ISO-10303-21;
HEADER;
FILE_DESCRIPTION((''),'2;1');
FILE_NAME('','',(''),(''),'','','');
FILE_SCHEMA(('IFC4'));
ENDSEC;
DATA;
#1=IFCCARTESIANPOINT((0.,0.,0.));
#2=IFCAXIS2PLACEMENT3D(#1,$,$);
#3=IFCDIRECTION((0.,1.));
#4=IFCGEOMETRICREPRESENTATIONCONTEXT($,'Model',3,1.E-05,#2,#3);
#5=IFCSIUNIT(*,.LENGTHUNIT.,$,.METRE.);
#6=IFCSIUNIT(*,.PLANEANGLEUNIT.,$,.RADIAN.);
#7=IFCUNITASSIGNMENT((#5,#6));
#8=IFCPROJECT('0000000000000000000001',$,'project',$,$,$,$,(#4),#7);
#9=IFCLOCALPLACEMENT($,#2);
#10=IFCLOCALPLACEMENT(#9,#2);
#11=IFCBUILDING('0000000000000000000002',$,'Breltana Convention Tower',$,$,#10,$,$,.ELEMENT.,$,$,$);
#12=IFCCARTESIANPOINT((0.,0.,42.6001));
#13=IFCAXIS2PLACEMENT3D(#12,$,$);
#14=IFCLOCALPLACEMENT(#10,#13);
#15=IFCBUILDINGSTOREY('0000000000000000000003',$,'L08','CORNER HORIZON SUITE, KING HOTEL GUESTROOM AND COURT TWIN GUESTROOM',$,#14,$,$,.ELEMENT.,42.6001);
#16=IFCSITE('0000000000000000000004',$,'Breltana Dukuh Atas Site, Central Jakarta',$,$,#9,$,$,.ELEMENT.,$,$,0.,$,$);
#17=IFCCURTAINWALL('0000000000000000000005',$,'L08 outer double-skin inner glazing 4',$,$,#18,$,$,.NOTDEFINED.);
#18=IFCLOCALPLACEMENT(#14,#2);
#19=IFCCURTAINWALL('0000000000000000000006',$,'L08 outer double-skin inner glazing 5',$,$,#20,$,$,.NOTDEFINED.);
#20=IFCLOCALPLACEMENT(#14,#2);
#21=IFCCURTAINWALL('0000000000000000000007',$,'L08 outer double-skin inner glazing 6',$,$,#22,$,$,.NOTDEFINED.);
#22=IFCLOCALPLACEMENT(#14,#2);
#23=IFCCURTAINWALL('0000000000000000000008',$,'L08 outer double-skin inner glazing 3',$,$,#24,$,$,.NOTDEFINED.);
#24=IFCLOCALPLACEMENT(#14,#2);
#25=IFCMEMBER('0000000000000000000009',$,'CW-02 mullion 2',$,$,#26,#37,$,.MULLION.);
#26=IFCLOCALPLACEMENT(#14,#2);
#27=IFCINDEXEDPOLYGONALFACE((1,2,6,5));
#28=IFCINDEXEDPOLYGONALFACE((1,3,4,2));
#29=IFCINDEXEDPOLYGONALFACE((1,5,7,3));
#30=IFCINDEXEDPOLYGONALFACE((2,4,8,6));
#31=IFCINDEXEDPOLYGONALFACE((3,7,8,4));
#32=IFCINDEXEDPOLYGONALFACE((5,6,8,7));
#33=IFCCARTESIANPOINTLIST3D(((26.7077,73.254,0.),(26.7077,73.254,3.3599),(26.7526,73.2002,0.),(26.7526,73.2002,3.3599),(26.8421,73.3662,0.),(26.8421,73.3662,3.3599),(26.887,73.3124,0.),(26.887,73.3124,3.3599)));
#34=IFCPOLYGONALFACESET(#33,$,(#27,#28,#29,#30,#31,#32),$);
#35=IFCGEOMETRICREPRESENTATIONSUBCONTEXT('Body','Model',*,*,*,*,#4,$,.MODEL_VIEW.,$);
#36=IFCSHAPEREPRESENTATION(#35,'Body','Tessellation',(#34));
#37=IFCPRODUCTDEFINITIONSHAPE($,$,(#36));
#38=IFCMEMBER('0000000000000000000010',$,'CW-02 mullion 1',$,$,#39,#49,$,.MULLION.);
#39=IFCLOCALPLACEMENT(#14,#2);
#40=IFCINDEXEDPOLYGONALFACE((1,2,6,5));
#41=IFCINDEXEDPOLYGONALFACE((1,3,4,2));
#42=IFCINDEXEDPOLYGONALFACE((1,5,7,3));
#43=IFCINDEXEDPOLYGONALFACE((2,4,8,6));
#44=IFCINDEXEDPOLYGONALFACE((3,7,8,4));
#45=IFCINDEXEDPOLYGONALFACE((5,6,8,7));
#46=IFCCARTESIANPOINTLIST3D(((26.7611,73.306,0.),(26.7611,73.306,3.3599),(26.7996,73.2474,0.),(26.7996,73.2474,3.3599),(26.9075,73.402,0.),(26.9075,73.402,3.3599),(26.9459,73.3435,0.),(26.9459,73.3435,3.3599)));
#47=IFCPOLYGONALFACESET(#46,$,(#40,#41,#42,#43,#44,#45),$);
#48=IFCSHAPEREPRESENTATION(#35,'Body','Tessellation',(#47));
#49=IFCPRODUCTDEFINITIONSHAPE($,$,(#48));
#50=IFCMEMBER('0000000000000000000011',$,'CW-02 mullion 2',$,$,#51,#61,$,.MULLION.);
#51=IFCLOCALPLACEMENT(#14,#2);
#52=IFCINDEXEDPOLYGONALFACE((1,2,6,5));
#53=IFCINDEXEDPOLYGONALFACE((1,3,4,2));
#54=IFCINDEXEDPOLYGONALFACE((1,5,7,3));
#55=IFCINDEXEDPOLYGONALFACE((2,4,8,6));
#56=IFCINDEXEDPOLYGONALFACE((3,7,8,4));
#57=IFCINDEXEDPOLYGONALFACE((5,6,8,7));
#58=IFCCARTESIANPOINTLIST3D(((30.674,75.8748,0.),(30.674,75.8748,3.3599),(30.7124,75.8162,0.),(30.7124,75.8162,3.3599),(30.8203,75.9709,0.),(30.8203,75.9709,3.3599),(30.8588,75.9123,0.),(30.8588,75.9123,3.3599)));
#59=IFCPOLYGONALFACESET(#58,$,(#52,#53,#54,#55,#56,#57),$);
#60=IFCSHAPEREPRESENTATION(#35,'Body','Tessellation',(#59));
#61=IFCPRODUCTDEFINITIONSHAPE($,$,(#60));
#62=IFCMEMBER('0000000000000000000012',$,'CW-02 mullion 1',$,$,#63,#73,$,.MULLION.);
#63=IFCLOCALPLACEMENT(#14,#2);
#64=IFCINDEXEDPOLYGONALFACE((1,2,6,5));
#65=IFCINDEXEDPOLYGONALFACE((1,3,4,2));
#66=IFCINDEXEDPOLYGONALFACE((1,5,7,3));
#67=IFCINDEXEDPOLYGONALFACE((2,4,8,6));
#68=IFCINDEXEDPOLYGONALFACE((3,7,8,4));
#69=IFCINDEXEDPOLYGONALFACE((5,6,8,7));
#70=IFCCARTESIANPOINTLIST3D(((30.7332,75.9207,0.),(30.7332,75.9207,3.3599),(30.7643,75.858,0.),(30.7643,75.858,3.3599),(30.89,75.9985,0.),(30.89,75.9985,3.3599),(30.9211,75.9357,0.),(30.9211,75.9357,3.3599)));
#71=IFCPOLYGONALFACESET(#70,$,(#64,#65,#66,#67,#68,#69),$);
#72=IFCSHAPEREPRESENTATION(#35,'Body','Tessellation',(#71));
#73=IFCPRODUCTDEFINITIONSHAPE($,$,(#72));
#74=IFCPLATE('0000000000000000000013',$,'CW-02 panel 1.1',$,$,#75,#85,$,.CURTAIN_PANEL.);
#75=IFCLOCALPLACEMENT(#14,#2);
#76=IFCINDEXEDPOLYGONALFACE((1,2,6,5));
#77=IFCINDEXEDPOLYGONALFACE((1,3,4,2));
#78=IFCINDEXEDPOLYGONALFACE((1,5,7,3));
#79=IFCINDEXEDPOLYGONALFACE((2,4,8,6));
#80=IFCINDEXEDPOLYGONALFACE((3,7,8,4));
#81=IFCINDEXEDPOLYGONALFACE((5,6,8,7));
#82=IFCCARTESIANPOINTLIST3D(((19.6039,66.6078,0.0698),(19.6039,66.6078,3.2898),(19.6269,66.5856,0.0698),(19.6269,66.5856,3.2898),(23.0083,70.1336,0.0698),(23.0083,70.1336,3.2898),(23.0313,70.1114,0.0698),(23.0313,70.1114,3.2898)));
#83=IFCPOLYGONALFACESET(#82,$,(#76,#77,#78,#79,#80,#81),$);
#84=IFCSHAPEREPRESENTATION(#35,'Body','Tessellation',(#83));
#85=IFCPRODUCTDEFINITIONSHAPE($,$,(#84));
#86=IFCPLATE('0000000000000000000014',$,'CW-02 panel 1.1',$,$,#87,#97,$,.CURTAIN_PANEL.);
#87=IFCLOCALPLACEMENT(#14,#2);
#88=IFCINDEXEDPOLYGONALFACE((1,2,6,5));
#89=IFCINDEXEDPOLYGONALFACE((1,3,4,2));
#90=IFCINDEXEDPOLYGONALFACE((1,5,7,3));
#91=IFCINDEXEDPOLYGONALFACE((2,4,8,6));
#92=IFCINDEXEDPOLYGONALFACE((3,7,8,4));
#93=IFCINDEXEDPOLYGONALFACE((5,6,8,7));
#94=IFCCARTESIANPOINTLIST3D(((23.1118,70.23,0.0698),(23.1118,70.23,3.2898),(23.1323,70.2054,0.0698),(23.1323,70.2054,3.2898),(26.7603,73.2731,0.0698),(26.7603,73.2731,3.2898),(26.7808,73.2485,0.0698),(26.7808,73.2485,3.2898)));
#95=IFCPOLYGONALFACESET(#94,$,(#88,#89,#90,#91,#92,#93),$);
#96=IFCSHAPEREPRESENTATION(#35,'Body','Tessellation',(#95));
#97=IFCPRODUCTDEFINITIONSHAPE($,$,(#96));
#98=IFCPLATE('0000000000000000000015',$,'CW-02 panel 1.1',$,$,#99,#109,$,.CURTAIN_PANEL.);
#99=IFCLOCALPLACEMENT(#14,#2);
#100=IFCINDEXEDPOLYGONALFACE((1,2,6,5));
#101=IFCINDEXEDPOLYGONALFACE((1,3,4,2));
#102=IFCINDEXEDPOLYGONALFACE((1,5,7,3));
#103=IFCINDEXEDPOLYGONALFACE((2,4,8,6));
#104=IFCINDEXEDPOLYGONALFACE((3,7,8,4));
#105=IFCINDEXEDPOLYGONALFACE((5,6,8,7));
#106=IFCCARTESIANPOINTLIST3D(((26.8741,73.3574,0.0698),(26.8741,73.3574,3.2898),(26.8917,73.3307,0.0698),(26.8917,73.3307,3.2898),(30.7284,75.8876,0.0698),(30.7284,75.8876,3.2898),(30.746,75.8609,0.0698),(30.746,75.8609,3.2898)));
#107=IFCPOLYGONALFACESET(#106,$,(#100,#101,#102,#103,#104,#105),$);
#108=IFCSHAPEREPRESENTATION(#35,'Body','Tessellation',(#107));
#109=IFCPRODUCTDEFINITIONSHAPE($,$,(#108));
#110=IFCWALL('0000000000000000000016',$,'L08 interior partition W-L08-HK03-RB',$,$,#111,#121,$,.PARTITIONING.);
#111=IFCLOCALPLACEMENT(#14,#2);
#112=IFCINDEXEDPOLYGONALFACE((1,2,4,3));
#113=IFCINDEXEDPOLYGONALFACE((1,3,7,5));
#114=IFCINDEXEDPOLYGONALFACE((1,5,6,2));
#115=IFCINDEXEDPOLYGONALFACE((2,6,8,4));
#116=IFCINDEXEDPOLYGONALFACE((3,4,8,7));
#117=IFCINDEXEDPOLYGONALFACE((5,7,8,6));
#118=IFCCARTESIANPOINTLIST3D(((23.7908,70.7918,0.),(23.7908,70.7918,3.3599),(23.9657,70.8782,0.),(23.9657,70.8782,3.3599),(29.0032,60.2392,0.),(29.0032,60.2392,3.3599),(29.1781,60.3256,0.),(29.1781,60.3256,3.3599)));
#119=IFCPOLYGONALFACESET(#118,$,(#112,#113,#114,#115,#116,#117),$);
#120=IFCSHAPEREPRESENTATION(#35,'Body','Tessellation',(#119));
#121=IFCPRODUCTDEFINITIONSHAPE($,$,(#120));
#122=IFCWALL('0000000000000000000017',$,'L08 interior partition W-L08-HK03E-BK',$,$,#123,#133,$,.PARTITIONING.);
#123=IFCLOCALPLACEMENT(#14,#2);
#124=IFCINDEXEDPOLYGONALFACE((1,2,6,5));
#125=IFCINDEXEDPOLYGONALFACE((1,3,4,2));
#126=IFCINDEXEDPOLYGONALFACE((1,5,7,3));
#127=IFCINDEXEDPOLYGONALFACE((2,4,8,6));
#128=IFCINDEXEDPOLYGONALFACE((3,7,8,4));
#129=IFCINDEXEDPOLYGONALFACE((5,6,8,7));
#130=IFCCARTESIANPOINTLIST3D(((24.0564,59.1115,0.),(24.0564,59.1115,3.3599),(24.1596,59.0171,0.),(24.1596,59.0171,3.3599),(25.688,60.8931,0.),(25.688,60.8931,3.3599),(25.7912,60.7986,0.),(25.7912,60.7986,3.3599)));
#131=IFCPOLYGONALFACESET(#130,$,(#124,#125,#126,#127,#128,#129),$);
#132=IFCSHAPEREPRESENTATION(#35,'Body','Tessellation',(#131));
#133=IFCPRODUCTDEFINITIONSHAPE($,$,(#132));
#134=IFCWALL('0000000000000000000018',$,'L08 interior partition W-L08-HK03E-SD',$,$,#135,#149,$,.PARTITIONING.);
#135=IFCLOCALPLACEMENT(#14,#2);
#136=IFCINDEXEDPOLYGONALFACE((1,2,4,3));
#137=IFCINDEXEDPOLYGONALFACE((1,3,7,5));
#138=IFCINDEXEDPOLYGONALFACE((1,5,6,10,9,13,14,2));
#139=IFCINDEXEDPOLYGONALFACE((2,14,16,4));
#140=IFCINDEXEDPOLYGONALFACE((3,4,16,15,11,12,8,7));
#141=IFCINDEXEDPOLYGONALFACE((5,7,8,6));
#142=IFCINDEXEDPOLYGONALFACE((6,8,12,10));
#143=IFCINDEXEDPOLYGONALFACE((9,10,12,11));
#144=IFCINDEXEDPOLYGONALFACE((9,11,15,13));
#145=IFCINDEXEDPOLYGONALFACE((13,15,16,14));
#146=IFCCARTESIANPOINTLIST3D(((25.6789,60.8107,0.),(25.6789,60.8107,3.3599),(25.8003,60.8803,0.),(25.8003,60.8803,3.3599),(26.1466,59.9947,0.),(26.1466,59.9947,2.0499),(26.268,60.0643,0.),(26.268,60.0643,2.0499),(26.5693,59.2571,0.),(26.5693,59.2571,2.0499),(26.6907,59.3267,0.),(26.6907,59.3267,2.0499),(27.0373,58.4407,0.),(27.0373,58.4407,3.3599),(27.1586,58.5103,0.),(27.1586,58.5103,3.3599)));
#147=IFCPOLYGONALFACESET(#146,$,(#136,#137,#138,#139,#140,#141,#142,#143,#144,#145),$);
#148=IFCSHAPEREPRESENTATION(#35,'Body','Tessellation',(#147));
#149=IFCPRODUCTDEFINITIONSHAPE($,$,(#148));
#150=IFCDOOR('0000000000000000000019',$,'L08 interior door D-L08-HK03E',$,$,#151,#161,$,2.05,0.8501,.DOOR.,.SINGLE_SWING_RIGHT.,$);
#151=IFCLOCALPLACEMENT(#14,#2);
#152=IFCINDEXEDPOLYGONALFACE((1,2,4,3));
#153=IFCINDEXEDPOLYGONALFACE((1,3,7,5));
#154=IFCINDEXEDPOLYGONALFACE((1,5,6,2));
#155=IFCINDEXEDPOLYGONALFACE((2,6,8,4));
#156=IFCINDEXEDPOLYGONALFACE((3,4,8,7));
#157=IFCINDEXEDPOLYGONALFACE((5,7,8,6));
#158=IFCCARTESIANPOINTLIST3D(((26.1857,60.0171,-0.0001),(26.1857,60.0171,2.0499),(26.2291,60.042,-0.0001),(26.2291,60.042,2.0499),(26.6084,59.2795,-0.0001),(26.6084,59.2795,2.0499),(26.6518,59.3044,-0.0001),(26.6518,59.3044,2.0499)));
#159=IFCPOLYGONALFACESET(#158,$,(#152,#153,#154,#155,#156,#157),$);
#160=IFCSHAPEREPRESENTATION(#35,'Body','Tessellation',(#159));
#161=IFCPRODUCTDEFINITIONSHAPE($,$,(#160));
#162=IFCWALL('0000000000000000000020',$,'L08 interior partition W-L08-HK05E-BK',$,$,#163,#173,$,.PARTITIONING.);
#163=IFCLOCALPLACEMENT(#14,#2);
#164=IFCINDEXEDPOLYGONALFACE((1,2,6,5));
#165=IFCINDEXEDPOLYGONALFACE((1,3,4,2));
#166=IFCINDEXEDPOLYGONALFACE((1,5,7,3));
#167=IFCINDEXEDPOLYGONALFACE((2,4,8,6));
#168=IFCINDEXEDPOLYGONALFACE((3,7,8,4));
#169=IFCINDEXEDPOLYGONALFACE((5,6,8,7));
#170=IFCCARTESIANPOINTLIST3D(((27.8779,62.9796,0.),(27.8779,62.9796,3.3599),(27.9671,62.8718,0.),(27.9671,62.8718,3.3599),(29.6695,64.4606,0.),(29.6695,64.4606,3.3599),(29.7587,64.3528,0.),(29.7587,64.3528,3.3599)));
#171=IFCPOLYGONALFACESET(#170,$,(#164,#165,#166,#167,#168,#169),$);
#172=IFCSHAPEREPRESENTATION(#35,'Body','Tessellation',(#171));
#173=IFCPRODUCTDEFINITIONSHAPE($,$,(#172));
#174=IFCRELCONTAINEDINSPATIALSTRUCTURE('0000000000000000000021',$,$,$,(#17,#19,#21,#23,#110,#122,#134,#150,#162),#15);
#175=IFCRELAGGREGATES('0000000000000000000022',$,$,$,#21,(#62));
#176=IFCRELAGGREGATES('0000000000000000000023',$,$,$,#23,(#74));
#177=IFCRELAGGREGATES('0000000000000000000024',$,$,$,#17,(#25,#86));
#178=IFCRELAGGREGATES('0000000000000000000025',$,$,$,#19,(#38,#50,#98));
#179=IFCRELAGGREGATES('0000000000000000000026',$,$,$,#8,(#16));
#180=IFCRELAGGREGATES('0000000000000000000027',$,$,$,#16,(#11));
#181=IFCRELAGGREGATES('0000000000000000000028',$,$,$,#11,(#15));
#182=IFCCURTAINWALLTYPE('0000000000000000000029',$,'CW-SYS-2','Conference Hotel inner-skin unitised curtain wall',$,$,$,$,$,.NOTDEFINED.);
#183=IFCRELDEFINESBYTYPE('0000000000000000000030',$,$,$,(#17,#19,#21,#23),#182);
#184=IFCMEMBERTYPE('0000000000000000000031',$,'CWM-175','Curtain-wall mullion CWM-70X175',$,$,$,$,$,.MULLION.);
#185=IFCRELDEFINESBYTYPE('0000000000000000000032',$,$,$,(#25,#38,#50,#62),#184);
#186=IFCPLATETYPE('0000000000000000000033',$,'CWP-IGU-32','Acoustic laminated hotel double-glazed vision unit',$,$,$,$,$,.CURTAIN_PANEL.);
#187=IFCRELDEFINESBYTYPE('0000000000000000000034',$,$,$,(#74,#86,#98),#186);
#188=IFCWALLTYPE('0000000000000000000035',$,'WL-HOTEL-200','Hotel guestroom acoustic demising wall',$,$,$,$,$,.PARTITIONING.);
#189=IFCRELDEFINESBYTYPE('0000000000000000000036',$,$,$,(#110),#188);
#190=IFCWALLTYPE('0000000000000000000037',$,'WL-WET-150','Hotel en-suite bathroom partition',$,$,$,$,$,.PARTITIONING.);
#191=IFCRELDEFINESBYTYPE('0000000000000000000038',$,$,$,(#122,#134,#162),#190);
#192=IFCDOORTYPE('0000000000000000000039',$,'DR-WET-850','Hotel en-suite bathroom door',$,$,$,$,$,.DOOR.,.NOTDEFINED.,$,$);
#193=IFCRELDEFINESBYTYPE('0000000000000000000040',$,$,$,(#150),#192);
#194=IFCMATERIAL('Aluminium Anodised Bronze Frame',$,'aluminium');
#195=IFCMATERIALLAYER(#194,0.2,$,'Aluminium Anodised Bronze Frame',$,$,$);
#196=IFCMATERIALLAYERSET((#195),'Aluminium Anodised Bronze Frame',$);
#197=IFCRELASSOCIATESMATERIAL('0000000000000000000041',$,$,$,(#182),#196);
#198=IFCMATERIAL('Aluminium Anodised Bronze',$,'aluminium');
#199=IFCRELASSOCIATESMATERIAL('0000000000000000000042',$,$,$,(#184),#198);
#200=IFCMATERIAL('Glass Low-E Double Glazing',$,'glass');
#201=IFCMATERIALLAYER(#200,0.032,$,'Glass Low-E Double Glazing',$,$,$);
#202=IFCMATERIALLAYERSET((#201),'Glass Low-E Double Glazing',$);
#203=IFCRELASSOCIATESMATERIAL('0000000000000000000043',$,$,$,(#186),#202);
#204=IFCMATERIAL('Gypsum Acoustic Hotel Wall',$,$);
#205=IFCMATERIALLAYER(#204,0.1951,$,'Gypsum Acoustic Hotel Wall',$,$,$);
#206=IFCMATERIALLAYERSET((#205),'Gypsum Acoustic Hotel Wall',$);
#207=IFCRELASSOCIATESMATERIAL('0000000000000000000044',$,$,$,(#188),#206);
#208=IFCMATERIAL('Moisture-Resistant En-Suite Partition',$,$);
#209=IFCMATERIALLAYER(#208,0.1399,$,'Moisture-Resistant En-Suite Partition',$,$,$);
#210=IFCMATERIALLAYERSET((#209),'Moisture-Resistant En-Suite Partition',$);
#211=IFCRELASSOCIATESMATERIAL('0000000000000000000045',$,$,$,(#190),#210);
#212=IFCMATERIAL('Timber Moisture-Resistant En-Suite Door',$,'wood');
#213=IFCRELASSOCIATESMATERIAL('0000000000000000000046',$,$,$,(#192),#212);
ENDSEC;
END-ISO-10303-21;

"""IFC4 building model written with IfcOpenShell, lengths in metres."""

from ifc_helpers import new_model, si_unit, direction, frame, frame_2d, origin, origin_2d, place, context, subcontext, project, spatial, rectangle, extrude, source, transform, mapped, material, layer, layer_set, material_profile, profile_set, type_object, type_shapes, element, fill, aggregate, save


model = new_model("IFC4")

# Units and contexts
model_context = context("Model", 3, precision=1e-05, world=origin(), true_north=direction((0.0, 1.0)))
body_context = subcontext(model_context, "Body", "Model", "MODEL_VIEW")
ifc_project = project(units=[si_unit("LENGTHUNIT", "METRE"), si_unit("PLANEANGLEUNIT", "RADIAN")], contexts=[model_context])

# Site, building, storey
site_placement = place(None, origin())
site = spatial("IfcSite", under=ifc_project, at=site_placement, Name="Breltana Dukuh Atas Site, Central Jakarta", CompositionType="ELEMENT", RefElevation=0.0)
building_placement = place(site_placement, origin())
building = spatial("IfcBuilding", under=site, at=building_placement, Name="Breltana Convention Tower", CompositionType="ELEMENT")
storey_placement = place(building_placement, frame((0.0, 0.0, 42.6001)))
storey = spatial("IfcBuildingStorey", under=building, at=storey_placement, Name="L08", Description="CORNER HORIZON SUITE, KING HOTEL GUESTROOM AND COURT TWIN GUESTROOM", CompositionType="ELEMENT", Elevation=42.6001)

# Curtain walls
ifc_material_1 = material(Name="Aluminium Anodised Bronze Frame", Category="aluminium")
ifc_layer_1 = layer(ifc_material_1, 0.2, Name="Aluminium Anodised Bronze Frame")
ifc_layer_set_1 = layer_set([ifc_layer_1], Name="Aluminium Anodised Bronze Frame")
curtain_wall_type = type_object("IfcCurtainWallType", Name="CW-SYS-2", Description="Conference Hotel inner-skin unitised curtain wall", PredefinedType="NOTDEFINED", material=ifc_layer_set_1)
curtain_wall_1_placement = place(storey_placement, origin())
curtain_wall_1 = element("IfcCurtainWall", 1, at=curtain_wall_1_placement, inside=storey, type_object=curtain_wall_type, Name="L08 outer double-skin inner glazing 4", PredefinedType="NOTDEFINED")
ifc_material_2 = material(Name="Aluminium Anodised Bronze", Category="aluminium")
curtain_wall_2_placement = place(storey_placement, origin())
curtain_wall_2 = element("IfcCurtainWall", 2, at=curtain_wall_2_placement, inside=storey, type_object=curtain_wall_type, Name="L08 outer double-skin inner glazing 5", PredefinedType="NOTDEFINED")
curtain_wall_3_placement = place(storey_placement, origin())
curtain_wall_3 = element("IfcCurtainWall", 3, at=curtain_wall_3_placement, inside=storey, type_object=curtain_wall_type, Name="L08 outer double-skin inner glazing 6", PredefinedType="NOTDEFINED")

# Curtain wall
curtain_wall_4_placement = place(storey_placement, origin())
curtain_wall_4 = element("IfcCurtainWall", 4, at=curtain_wall_4_placement, inside=storey, type_object=curtain_wall_type, Name="L08 outer double-skin inner glazing 3", PredefinedType="NOTDEFINED")
ifc_material_profile_1 = material_profile(ifc_material_2, rectangle(XDim=0.0701, YDim=0.175, at=origin_2d()), Name="CWM-70X175")
ifc_profile_set_1 = profile_set([ifc_material_profile_1], Name="Aluminium Anodised Bronze")
member_type_1 = type_object("IfcMemberType", Name="CWM-175", Description="Curtain-wall mullion CWM-70X175", PredefinedType="MULLION", material=ifc_profile_set_1)
shared_shape_1 = source(origin(), body_context, "Body", "SweptSolid", [
    extrude(rectangle(XDim=0.0701, YDim=0.175, at=origin_2d()), origin(), (0.0, 0.0, 1.0), 3.3599),
])

# Members
member_1_placement = place(storey_placement, frame((26.7974, 73.2832, 0.0), z_axis=(0.0, 0.0, 1.0), x_axis=(-0.64052, 0.767941, 0.0)))
member_1 = element("IfcMember", 5, at=member_1_placement, type_object=member_type_1, Name="CW-02 mullion 2", PredefinedType="MULLION", context=body_context, shape_type="MappedRepresentation", body=[
    mapped(shared_shape_1, transform((0.0, 0.0, 0.0), scale=1.0)),
])
member_2_placement = place(storey_placement, frame((26.8535, 73.3247, 0.0), z_axis=(0.0, 0.0, 1.0), x_axis=(-0.548784, 0.835964, 0.0)))
member_2 = element("IfcMember", 6, at=member_2_placement, type_object=member_type_1, Name="CW-02 mullion 1", PredefinedType="MULLION", context=body_context, shape_type="MappedRepresentation", body=[
    mapped(shared_shape_1, transform((0.0, 0.0, 0.0), scale=1.0)),
])
member_3_placement = place(storey_placement, frame((30.7664, 75.8936, 0.0), z_axis=(0.0, 0.0, 1.0), x_axis=(-0.548784, 0.835964, 0.0)))
member_3 = element("IfcMember", 7, at=member_3_placement, type_object=member_type_1, Name="CW-02 mullion 2", PredefinedType="MULLION", context=body_context, shape_type="MappedRepresentation", body=[
    mapped(shared_shape_1, transform((0.0, 0.0, 0.0), scale=1.0)),
])
member_4_placement = place(storey_placement, frame((30.8271, 75.9282, 0.0), z_axis=(0.0, 0.0, 1.0), x_axis=(-0.444108, 0.895973, 0.0)))
member_4 = element("IfcMember", 8, at=member_4_placement, type_object=member_type_1, Name="CW-02 mullion 1", PredefinedType="MULLION", context=body_context, shape_type="MappedRepresentation", body=[
    mapped(shared_shape_1, transform((0.0, 0.0, 0.0), scale=1.0)),
])
aggregate(curtain_wall_3, [member_4])

# Plates
ifc_material_3 = material(Name="Glass Low-E Double Glazing", Category="glass")
ifc_layer_2 = layer(ifc_material_3, 0.032, Name="Glass Low-E Double Glazing")
ifc_layer_set_2 = layer_set([ifc_layer_2], Name="Glass Low-E Double Glazing")
plate_type = type_object("IfcPlateType", Name="CWP-IGU-32", Description="Acoustic laminated hotel double-glazed vision unit", PredefinedType="CURTAIN_PANEL", material=ifc_layer_set_2)
shared_shape_2 = source(origin(), body_context, "Body", "SweptSolid", [
    extrude(rectangle(XDim=4.9011, YDim=0.032, at=origin_2d()), origin(), (0.0, 0.0, 1.0), 3.22),
])
plate_1_placement = place(storey_placement, frame((21.3176, 68.3596, 0.0698), z_axis=(0.0, 0.0, 1.0), x_axis=(0.69461, 0.719386, 0.0)))
plate_1 = element("IfcPlate", 9, at=plate_1_placement, type_object=plate_type, Name="CW-02 panel 1.1", PredefinedType="CURTAIN_PANEL", context=body_context, shape_type="MappedRepresentation", body=[
    mapped(shared_shape_2, transform((0.0, 0.0, 0.0), scale=1.0)),
])
aggregate(curtain_wall_4, [plate_1])
shared_shape_3 = source(origin(), body_context, "Body", "SweptSolid", [
    extrude(rectangle(XDim=4.751, YDim=0.032, at=origin_2d()), origin(), (0.0, 0.0, 1.0), 3.22),
])
plate_2_placement = place(storey_placement, frame((24.9463, 71.7393, 0.0698), z_axis=(0.0, 0.0, 1.0), x_axis=(0.767941, 0.64052, 0.0)))
plate_2 = element("IfcPlate", 10, at=plate_2_placement, type_object=plate_type, Name="CW-02 panel 1.1", PredefinedType="CURTAIN_PANEL", context=body_context, shape_type="MappedRepresentation", body=[
    mapped(shared_shape_3, transform((0.0, 0.0, 0.0), scale=1.0)),
])
aggregate(curtain_wall_1, [member_1, plate_2])
shared_shape_4 = source(origin(), body_context, "Body", "SweptSolid", [
    extrude(rectangle(XDim=4.6106, YDim=0.032, at=origin_2d()), origin(), (0.0, 0.0, 1.0), 3.22),
])
plate_3_placement = place(storey_placement, frame((28.8101, 74.6091, 0.0698), z_axis=(0.0, 0.0, 1.0), x_axis=(0.835964, 0.548784, 0.0)))
plate_3 = element("IfcPlate", 11, at=plate_3_placement, type_object=plate_type, Name="CW-02 panel 1.1", PredefinedType="CURTAIN_PANEL", context=body_context, shape_type="MappedRepresentation", body=[
    mapped(shared_shape_4, transform((0.0, 0.0, 0.0), scale=1.0)),
])
aggregate(curtain_wall_2, [member_2, member_3, plate_3])

# Walls
ifc_material_4 = material(Name="Gypsum Acoustic Hotel Wall")
ifc_layer_3 = layer(ifc_material_4, 0.1951, Name="Gypsum Acoustic Hotel Wall")
ifc_layer_set_3 = layer_set([ifc_layer_3], Name="Gypsum Acoustic Hotel Wall")
wall_type_1 = type_object("IfcWallType", Name="WL-HOTEL-200", Description="Hotel guestroom acoustic demising wall", PredefinedType="PARTITIONING", material=ifc_layer_set_3)
shared_shape_5 = source(origin(), body_context, "Body", "SweptSolid", [
    extrude(rectangle(XDim=11.7698, YDim=0.1951, at=frame_2d((5.8848, 0.0))), origin(), (0.0, 0.0, 1.0), 3.3599),
])
wall_1_placement = place(storey_placement, frame((29.0906, 60.2825, 0.0), z_axis=(0.0, 0.0, 1.0), x_axis=(-0.442861, 0.89659, 0.0)))
element("IfcWall", 12, at=wall_1_placement, inside=storey, type_object=wall_type_1, Name="L08 interior partition W-L08-HK03-RB", PredefinedType="PARTITIONING", context=body_context, shape_type="MappedRepresentation", body=[
    mapped(shared_shape_5, transform((0.0, 0.0, 0.0), scale=1.0)),
])
ifc_material_5 = material(Name="Moisture-Resistant En-Suite Partition")
ifc_layer_4 = layer(ifc_material_5, 0.1399, Name="Moisture-Resistant En-Suite Partition")
ifc_layer_set_4 = layer_set([ifc_layer_4], Name="Moisture-Resistant En-Suite Partition")
wall_type_2 = type_object("IfcWallType", Name="WL-WET-150", Description="Hotel en-suite bathroom partition", PredefinedType="PARTITIONING", material=ifc_layer_set_4)
shared_shape_6 = source(origin(), body_context, "Body", "SweptSolid", [
    extrude(rectangle(XDim=2.4158, YDim=0.1399, at=frame_2d((1.208, 0.0))), origin(), (0.0, 0.0, 1.0), 3.3599),
])
wall_2_placement = place(storey_placement, frame((24.1079, 59.0642, 0.0), z_axis=(0.0, 0.0, 1.0), x_axis=(0.6754, 0.737452, 0.0)))
element("IfcWall", 13, at=wall_2_placement, inside=storey, type_object=wall_type_2, Name="L08 interior partition W-L08-HK03E-BK", PredefinedType="PARTITIONING", context=body_context, shape_type="MappedRepresentation", body=[
    mapped(shared_shape_6, transform((0.0, 0.0, 0.0), scale=1.0)),
])

# Wall, opening, door
shared_shape_7 = source(origin(), body_context, "Body", "SweptSolid", [
    extrude(rectangle(XDim=2.7317, YDim=0.1399, at=frame_2d((1.3657, 0.0))), origin(), (0.0, 0.0, 1.0), 3.3599),
])
wall_3_placement = place(storey_placement, frame((27.0979, 58.4756, 0.0), z_axis=(0.0, 0.0, 1.0), x_axis=(-0.497255, 0.867604, 0.0)))
wall_3 = element("IfcWall", 14, at=wall_3_placement, inside=storey, type_object=wall_type_2, Name="L08 interior partition W-L08-HK03E-SD", PredefinedType="PARTITIONING", context=body_context, shape_type="MappedRepresentation", body=[
    mapped(shared_shape_7, transform((0.0, 0.0, 0.0), scale=1.0)),
])
opening_1_placement = place(wall_3_placement, frame((0.9409, 0.0, 0.0)))
opening_1 = element("IfcOpeningElement", 15, at=opening_1_placement, cuts=wall_3, PredefinedType="OPENING", context=body_context, shape_type="SweptSolid", body=[
    extrude(rectangle(XDim=0.8501, YDim=2.05, at=frame_2d((0.425, 1.0249))), frame((0.0, 0.0801, 0.0), z_axis=(0.0, -1.0, 0.0), x_axis=(1.0, 0.0, 0.0)), (0.0, 0.0, 1.0), 0.1599),
])
ifc_material_6 = material(Name="Timber Moisture-Resistant En-Suite Door", Category="wood")
door_type_1 = type_object("IfcDoorType", Name="DR-WET-850", Description="Hotel en-suite bathroom door", OperationType="NOTDEFINED", PredefinedType="DOOR", material=ifc_material_6)
shared_shape_8 = source(origin(), body_context, "Body", "SweptSolid", [
    extrude(rectangle(XDim=0.8501, YDim=2.05, at=frame_2d((0.425, 1.0249))), frame((0.0, 0.0249, 0.0), z_axis=(0.0, -1.0, 0.0), x_axis=(1.0, 0.0, 0.0)), (0.0, 0.0, 1.0), 0.05),
])
type_shapes(door_type_1, [shared_shape_8])
door_1_placement = place(opening_1_placement, origin())
door_1 = element("IfcDoor", 16, at=door_1_placement, inside=storey, type_object=door_type_1, Name="L08 interior door D-L08-HK03E", OperationType="SINGLE_SWING_RIGHT", OverallHeight=2.05, OverallWidth=0.8501, PredefinedType="DOOR", context=body_context, shape_type="MappedRepresentation", body=[
    mapped(shared_shape_8, transform((0.0, 0.0, 0.0), scale=1.0)),
])
fill(opening_1, door_1)

# Wall
shared_shape_9 = source(origin(), body_context, "Body", "SweptSolid", [
    extrude(rectangle(XDim=2.3245, YDim=0.1399, at=frame_2d((1.1621, 0.0))), origin(), (0.0, 0.0, 1.0), 3.3599),
])
wall_4_placement = place(storey_placement, frame((27.9226, 62.9258, 0.0), z_axis=(0.0, 0.0, 1.0), x_axis=(0.770746, 0.637142, 0.0)))
element("IfcWall", 17, at=wall_4_placement, inside=storey, type_object=wall_type_2, Name="L08 interior partition W-L08-HK05E-BK", PredefinedType="PARTITIONING", context=body_context, shape_type="MappedRepresentation", body=[
    mapped(shared_shape_9, transform((0.0, 0.0, 0.0), scale=1.0)),
])

save(model, "model.ifc")
